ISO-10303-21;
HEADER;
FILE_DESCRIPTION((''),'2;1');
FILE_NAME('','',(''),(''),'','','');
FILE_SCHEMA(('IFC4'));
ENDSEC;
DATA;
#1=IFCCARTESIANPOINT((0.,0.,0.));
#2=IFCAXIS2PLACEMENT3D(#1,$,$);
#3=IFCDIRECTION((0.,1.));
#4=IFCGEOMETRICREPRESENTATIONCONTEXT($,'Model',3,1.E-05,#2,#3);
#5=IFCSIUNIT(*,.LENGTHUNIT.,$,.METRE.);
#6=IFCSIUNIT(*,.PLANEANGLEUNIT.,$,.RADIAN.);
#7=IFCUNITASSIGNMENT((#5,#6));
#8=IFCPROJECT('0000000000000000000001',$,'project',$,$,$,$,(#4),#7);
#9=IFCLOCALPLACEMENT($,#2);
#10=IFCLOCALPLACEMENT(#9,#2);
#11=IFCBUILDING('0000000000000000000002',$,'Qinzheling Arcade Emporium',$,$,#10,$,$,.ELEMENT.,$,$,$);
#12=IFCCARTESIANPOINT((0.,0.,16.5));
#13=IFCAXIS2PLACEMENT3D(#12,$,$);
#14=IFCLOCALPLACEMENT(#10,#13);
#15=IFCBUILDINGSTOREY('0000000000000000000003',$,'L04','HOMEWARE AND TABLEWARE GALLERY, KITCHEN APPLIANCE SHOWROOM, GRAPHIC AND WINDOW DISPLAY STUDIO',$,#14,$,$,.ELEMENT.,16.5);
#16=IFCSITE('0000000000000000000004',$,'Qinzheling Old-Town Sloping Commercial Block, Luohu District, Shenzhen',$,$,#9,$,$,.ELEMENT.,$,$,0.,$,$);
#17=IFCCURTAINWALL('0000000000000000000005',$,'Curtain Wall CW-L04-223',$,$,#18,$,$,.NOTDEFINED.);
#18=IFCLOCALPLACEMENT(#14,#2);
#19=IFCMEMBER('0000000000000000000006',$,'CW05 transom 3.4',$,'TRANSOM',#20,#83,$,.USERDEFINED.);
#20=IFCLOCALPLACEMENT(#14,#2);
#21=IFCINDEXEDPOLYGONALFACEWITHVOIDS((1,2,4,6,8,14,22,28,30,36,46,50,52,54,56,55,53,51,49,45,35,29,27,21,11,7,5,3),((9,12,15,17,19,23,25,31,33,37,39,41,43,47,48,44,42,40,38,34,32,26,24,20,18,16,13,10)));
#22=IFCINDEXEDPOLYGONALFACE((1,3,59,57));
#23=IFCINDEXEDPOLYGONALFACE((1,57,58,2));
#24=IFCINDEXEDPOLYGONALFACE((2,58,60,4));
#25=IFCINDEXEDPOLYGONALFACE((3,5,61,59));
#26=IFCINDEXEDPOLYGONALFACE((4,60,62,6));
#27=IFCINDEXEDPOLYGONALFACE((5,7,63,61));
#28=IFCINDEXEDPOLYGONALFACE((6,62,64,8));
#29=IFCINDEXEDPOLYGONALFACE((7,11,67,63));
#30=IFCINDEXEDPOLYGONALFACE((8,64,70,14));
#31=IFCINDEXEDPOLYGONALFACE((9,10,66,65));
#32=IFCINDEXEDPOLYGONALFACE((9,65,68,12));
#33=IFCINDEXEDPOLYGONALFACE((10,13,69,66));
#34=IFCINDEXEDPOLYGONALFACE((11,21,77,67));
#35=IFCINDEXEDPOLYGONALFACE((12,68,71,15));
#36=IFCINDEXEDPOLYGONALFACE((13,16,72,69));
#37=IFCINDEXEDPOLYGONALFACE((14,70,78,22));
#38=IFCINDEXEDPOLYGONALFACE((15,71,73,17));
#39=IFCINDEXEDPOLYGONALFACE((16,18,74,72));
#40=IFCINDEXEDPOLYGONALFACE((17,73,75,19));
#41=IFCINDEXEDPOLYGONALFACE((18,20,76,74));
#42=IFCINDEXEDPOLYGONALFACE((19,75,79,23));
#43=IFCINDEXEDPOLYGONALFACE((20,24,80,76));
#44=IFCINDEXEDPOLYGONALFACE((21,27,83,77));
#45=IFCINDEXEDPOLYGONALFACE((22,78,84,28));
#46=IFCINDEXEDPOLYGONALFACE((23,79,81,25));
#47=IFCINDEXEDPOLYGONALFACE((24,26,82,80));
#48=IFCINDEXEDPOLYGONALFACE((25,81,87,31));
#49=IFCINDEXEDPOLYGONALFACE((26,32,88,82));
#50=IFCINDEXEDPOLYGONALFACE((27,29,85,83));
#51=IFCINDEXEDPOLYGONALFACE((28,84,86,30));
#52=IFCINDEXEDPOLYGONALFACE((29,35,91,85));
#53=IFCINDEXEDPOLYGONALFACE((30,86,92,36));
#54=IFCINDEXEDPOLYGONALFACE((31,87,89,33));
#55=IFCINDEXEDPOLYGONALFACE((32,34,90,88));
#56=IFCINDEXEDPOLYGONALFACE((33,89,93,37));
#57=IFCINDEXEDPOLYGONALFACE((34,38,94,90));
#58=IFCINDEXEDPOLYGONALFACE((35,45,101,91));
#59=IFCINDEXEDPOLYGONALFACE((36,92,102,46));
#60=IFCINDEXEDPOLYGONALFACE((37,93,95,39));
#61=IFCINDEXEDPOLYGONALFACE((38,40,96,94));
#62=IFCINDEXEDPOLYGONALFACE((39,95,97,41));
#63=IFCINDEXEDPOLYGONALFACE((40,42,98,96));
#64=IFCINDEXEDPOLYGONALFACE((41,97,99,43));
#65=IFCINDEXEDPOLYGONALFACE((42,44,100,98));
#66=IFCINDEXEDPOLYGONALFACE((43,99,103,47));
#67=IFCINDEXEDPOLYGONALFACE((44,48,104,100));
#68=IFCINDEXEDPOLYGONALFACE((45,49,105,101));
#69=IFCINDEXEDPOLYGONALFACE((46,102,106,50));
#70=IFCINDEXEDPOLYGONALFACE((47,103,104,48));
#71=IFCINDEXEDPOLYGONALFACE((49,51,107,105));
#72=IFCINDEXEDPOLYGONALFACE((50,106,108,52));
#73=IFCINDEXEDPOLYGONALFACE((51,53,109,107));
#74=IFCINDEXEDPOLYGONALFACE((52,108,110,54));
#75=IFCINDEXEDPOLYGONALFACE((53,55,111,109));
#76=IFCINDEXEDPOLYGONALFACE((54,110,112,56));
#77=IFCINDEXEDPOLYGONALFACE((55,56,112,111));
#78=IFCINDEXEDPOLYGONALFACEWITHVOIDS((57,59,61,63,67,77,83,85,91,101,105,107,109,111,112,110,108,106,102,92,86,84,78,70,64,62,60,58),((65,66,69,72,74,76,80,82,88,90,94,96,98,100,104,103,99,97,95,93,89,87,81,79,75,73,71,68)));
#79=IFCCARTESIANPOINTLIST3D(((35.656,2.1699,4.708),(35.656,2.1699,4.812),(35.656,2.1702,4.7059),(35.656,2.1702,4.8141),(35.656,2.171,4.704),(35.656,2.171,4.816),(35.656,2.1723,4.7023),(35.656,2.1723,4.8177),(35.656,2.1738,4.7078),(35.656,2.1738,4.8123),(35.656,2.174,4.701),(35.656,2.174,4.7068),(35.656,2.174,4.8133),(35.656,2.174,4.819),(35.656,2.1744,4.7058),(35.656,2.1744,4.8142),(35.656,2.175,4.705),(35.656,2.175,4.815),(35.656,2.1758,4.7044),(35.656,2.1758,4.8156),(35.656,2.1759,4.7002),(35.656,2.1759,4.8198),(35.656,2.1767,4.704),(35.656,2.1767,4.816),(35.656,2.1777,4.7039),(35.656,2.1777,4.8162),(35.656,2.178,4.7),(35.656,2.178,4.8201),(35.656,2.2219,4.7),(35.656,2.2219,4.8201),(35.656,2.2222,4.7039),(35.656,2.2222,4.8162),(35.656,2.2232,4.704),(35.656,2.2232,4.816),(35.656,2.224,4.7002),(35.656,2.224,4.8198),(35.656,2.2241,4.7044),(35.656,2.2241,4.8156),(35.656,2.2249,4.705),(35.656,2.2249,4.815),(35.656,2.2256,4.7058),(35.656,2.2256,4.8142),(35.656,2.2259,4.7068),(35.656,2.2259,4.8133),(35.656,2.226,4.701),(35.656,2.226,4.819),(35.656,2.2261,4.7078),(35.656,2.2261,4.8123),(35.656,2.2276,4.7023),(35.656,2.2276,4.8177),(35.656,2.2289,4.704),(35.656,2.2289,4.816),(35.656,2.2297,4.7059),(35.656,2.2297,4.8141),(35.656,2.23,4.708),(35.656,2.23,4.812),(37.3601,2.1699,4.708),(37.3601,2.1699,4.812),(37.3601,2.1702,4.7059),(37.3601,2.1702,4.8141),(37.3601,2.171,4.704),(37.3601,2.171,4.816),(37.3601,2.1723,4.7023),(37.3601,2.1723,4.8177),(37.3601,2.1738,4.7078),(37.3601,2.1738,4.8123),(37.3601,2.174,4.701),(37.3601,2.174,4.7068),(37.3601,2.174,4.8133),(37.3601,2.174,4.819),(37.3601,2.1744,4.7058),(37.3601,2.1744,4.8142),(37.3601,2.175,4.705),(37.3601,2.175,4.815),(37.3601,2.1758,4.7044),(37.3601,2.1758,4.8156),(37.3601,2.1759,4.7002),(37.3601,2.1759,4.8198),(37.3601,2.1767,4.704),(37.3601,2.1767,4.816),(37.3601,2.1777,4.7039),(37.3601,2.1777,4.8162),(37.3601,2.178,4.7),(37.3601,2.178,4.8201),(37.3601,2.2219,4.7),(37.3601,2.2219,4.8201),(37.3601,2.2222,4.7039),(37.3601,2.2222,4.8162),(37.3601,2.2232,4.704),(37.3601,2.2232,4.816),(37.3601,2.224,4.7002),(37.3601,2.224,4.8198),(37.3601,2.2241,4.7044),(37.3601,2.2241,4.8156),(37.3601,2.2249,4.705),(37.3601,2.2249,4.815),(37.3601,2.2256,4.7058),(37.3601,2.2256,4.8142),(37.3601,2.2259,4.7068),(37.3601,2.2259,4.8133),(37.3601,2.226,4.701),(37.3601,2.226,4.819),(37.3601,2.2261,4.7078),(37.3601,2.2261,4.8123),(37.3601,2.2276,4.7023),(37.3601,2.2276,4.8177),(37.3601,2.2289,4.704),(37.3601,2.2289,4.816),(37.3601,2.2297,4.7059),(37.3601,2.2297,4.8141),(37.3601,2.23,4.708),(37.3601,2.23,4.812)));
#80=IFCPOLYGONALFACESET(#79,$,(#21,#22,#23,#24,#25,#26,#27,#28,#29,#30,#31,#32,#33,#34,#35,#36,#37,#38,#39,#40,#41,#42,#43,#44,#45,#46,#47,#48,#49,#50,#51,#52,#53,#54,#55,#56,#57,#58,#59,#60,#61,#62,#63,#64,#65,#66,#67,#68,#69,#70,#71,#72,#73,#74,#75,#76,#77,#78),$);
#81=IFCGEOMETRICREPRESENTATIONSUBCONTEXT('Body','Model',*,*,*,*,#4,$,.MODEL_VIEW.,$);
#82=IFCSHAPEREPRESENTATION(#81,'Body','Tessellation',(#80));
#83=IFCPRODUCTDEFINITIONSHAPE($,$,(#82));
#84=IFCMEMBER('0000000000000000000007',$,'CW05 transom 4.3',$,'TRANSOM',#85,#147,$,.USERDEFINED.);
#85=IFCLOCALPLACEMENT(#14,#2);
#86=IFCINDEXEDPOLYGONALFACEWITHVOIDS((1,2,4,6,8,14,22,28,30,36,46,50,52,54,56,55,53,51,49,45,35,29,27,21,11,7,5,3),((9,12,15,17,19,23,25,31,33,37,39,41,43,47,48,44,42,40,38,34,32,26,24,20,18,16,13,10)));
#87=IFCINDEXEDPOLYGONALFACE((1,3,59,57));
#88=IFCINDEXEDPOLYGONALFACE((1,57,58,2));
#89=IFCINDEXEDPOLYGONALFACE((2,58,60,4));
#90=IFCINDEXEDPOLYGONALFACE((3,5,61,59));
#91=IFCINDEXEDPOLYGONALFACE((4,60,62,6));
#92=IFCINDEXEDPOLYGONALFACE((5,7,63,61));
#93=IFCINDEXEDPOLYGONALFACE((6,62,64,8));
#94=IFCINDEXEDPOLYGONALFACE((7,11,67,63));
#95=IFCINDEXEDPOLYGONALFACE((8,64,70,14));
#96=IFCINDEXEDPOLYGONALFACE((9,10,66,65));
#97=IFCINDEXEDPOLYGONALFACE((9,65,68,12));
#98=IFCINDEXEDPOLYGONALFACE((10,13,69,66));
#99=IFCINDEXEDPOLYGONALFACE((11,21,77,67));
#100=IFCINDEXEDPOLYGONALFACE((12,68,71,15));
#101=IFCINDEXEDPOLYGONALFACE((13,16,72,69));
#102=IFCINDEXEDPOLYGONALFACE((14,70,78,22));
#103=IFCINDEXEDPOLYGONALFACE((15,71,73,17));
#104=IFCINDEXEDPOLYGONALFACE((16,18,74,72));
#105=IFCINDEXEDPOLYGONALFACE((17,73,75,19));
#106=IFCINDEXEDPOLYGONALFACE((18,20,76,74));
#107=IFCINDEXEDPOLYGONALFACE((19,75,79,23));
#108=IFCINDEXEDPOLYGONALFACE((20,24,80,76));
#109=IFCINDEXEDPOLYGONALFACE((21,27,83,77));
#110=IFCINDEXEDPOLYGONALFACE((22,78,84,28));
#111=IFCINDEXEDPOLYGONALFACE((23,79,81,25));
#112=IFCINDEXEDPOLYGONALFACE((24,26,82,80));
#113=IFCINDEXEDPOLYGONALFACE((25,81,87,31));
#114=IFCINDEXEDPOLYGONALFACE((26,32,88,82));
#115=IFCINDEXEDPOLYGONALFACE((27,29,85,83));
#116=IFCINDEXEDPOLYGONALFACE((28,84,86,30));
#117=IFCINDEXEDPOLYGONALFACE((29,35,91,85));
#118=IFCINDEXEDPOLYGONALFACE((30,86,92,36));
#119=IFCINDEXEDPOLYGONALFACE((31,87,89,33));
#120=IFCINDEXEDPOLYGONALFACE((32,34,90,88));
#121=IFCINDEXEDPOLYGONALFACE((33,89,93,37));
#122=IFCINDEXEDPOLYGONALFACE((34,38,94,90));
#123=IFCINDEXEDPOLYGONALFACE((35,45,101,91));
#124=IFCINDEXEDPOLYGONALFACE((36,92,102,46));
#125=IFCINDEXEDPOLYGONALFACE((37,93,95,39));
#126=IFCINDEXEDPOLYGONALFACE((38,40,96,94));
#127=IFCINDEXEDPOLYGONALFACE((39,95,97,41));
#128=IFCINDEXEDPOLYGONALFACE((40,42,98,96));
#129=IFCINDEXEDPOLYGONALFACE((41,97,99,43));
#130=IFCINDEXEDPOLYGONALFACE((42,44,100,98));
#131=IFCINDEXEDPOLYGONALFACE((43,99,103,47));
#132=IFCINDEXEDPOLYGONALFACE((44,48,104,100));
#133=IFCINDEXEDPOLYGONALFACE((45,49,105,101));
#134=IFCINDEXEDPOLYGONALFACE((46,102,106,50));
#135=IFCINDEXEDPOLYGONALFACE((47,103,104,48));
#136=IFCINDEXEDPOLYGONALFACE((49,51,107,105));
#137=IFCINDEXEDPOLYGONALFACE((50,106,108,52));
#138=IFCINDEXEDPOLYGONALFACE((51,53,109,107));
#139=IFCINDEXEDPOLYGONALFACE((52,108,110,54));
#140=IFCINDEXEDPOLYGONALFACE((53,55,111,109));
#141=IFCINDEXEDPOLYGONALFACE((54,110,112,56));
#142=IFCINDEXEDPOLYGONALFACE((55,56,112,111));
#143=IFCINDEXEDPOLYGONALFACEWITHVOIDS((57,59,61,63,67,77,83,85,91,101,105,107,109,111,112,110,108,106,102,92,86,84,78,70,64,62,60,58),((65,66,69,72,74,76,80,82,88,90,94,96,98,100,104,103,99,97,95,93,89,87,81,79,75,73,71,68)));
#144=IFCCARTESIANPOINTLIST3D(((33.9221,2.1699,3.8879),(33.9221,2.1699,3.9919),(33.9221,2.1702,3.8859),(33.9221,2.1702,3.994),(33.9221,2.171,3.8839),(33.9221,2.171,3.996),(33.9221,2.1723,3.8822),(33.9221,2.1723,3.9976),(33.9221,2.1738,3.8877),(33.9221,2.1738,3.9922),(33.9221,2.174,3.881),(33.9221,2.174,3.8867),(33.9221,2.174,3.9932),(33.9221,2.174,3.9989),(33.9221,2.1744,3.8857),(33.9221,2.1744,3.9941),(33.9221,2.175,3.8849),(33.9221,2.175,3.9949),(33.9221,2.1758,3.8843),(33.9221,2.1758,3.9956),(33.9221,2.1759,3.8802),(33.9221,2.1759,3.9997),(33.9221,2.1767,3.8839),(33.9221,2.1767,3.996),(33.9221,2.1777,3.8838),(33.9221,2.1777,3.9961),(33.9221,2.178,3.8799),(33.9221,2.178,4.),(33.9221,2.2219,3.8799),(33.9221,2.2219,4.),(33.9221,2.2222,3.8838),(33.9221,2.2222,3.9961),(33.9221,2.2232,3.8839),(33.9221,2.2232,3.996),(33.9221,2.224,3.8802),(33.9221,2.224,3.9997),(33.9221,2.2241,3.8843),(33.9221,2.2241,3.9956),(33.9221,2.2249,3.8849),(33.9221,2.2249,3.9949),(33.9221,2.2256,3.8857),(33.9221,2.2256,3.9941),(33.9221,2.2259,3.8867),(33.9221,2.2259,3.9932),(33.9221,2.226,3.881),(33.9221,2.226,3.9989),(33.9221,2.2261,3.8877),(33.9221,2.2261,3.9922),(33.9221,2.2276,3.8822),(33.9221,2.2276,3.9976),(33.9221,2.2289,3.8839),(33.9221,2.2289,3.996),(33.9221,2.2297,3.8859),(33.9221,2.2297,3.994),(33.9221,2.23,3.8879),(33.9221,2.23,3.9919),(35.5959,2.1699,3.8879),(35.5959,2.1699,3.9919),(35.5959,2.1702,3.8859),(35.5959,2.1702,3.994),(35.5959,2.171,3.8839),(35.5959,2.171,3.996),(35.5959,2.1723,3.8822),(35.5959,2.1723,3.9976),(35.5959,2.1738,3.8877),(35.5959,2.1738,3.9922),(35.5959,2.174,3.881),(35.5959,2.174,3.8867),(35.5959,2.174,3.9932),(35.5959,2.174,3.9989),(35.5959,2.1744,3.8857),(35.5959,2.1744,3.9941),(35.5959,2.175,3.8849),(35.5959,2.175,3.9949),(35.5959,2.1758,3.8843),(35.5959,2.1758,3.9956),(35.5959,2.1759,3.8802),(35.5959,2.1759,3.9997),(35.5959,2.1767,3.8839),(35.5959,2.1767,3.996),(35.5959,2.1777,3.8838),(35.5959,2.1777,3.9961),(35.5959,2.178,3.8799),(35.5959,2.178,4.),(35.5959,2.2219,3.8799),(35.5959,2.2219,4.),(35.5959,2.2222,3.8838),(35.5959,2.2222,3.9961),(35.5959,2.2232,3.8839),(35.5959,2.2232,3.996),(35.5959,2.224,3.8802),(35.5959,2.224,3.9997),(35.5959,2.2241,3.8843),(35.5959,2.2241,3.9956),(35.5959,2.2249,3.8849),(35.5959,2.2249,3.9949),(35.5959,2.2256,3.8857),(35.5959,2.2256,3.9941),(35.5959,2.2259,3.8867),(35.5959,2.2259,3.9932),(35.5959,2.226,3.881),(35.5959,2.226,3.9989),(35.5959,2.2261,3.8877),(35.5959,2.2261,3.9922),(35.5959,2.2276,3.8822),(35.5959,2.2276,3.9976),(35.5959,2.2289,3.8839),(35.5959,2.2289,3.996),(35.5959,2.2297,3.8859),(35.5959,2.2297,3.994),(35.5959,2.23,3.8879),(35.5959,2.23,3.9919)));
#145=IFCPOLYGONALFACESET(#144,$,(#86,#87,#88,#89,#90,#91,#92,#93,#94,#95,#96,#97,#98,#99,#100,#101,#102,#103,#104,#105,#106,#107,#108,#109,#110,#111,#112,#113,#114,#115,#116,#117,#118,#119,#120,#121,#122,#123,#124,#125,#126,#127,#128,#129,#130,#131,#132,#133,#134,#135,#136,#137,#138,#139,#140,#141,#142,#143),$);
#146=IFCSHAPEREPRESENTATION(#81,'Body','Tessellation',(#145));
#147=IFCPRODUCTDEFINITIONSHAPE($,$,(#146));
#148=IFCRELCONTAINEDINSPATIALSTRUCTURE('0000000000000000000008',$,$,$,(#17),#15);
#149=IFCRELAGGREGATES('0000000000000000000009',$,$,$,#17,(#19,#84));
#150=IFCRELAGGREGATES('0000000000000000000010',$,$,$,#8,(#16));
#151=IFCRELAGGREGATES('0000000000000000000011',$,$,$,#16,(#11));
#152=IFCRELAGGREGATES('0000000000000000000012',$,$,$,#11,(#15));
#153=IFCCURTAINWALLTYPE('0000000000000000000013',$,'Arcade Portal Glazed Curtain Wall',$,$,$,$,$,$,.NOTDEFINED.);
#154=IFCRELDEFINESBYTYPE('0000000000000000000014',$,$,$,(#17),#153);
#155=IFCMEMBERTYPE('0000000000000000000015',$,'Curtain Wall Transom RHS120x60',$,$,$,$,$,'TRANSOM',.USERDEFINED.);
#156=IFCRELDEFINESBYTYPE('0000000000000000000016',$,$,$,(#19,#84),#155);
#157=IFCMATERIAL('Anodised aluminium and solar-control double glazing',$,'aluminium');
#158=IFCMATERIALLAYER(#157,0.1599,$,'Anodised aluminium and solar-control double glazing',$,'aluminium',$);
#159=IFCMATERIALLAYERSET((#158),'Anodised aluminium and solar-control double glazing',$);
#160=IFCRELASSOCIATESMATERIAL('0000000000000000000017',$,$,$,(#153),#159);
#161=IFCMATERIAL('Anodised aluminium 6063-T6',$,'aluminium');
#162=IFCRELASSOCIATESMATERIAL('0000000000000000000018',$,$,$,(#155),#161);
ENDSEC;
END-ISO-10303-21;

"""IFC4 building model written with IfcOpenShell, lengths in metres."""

from ifc_helpers import new_model, si_unit, direction, frame, origin, origin_2d, place, context, subcontext, project, spatial, hollow_rectangle, extrude, material, layer, layer_set, material_profile, profile_set, type_object, element, aggregate, save


model = new_model("IFC4")

# Units and contexts
model_context = context("Model", 3, precision=1e-05, world=origin(), true_north=direction((0.0, 1.0)))
body_context = subcontext(model_context, "Body", "Model", "MODEL_VIEW")
ifc_project = project(units=[si_unit("LENGTHUNIT", "METRE"), si_unit("PLANEANGLEUNIT", "RADIAN")], contexts=[model_context])

# Site, building, storey
site_placement = place(None, origin())
site = spatial("IfcSite", under=ifc_project, at=site_placement, Name="Qinzheling Old-Town Sloping Commercial Block, Luohu District, Shenzhen", CompositionType="ELEMENT", RefElevation=0.0)
building_placement = place(site_placement, origin())
building = spatial("IfcBuilding", under=site, at=building_placement, Name="Qinzheling Arcade Emporium", CompositionType="ELEMENT")
storey_placement = place(building_placement, frame((0.0, 0.0, 16.5)))
storey = spatial("IfcBuildingStorey", under=building, at=storey_placement, Name="L04", Description="HOMEWARE AND TABLEWARE GALLERY, KITCHEN APPLIANCE SHOWROOM, GRAPHIC AND WINDOW DISPLAY STUDIO", CompositionType="ELEMENT", Elevation=16.5)

# Curtain wall
ifc_material_1 = material(Name="Anodised aluminium and solar-control double glazing", Category="aluminium")
ifc_layer_1 = layer(ifc_material_1, 0.1599, Name="Anodised aluminium and solar-control double glazing", Category="aluminium")
ifc_layer_set_1 = layer_set([ifc_layer_1], Name="Anodised aluminium and solar-control double glazing")
curtain_wall_type = type_object("IfcCurtainWallType", Name="Arcade Portal Glazed Curtain Wall", PredefinedType="NOTDEFINED", material=ifc_layer_set_1)
ifc_material_2 = material(Name="Anodised aluminium 6063-T6", Category="aluminium")
curtain_wall_1_placement = place(storey_placement, origin())
curtain_wall_1 = element("IfcCurtainWall", 1, at=curtain_wall_1_placement, inside=storey, type_object=curtain_wall_type, Name="Curtain Wall CW-L04-223", PredefinedType="NOTDEFINED")

# Members
ifc_material_profile_1 = material_profile(ifc_material_2, hollow_rectangle(XDim=0.0601, YDim=0.1201, WallThickness=0.0039, InnerFilletRadius=0.0039, OuterFilletRadius=0.0081, at=origin_2d()), Name="RHS 120x60x4", Category="aluminium")
ifc_profile_set_1 = profile_set([ifc_material_profile_1], Name="Anodised aluminium 6063-T6")
member_type_1 = type_object("IfcMemberType", Name="Curtain Wall Transom RHS120x60", ElementType="TRANSOM", PredefinedType="USERDEFINED", material=ifc_profile_set_1)
member_1_placement = place(storey_placement, frame((37.3601, 2.2, 4.76), z_axis=(-1.0, 0.0, 0.0), x_axis=(0.0, -1.0, 0.0)))
member_1 = element("IfcMember", 2, at=member_1_placement, type_object=member_type_1, Name="CW05 transom 3.4", ObjectType="TRANSOM", PredefinedType="USERDEFINED", context=body_context, shape_type="SweptSolid", body=[
    extrude(hollow_rectangle(XDim=0.0601, YDim=0.1201, WallThickness=0.0039, InnerFilletRadius=0.0039, OuterFilletRadius=0.0081, at=origin_2d()), origin(), (0.0, 0.0, 1.0), 1.7041),
])
member_2_placement = place(storey_placement, frame((35.5959, 2.2, 3.9399), z_axis=(-1.0, 0.0, 0.0), x_axis=(0.0, -1.0, 0.0)))
member_2 = element("IfcMember", 3, at=member_2_placement, type_object=member_type_1, Name="CW05 transom 4.3", ObjectType="TRANSOM", PredefinedType="USERDEFINED", context=body_context, shape_type="SweptSolid", body=[
    extrude(hollow_rectangle(XDim=0.0601, YDim=0.1201, WallThickness=0.0039, InnerFilletRadius=0.0039, OuterFilletRadius=0.0081, at=origin_2d()), origin(), (0.0, 0.0, 1.0), 1.6738),
])

aggregate(curtain_wall_1, [member_1, member_2])

save(model, "model.ifc")
